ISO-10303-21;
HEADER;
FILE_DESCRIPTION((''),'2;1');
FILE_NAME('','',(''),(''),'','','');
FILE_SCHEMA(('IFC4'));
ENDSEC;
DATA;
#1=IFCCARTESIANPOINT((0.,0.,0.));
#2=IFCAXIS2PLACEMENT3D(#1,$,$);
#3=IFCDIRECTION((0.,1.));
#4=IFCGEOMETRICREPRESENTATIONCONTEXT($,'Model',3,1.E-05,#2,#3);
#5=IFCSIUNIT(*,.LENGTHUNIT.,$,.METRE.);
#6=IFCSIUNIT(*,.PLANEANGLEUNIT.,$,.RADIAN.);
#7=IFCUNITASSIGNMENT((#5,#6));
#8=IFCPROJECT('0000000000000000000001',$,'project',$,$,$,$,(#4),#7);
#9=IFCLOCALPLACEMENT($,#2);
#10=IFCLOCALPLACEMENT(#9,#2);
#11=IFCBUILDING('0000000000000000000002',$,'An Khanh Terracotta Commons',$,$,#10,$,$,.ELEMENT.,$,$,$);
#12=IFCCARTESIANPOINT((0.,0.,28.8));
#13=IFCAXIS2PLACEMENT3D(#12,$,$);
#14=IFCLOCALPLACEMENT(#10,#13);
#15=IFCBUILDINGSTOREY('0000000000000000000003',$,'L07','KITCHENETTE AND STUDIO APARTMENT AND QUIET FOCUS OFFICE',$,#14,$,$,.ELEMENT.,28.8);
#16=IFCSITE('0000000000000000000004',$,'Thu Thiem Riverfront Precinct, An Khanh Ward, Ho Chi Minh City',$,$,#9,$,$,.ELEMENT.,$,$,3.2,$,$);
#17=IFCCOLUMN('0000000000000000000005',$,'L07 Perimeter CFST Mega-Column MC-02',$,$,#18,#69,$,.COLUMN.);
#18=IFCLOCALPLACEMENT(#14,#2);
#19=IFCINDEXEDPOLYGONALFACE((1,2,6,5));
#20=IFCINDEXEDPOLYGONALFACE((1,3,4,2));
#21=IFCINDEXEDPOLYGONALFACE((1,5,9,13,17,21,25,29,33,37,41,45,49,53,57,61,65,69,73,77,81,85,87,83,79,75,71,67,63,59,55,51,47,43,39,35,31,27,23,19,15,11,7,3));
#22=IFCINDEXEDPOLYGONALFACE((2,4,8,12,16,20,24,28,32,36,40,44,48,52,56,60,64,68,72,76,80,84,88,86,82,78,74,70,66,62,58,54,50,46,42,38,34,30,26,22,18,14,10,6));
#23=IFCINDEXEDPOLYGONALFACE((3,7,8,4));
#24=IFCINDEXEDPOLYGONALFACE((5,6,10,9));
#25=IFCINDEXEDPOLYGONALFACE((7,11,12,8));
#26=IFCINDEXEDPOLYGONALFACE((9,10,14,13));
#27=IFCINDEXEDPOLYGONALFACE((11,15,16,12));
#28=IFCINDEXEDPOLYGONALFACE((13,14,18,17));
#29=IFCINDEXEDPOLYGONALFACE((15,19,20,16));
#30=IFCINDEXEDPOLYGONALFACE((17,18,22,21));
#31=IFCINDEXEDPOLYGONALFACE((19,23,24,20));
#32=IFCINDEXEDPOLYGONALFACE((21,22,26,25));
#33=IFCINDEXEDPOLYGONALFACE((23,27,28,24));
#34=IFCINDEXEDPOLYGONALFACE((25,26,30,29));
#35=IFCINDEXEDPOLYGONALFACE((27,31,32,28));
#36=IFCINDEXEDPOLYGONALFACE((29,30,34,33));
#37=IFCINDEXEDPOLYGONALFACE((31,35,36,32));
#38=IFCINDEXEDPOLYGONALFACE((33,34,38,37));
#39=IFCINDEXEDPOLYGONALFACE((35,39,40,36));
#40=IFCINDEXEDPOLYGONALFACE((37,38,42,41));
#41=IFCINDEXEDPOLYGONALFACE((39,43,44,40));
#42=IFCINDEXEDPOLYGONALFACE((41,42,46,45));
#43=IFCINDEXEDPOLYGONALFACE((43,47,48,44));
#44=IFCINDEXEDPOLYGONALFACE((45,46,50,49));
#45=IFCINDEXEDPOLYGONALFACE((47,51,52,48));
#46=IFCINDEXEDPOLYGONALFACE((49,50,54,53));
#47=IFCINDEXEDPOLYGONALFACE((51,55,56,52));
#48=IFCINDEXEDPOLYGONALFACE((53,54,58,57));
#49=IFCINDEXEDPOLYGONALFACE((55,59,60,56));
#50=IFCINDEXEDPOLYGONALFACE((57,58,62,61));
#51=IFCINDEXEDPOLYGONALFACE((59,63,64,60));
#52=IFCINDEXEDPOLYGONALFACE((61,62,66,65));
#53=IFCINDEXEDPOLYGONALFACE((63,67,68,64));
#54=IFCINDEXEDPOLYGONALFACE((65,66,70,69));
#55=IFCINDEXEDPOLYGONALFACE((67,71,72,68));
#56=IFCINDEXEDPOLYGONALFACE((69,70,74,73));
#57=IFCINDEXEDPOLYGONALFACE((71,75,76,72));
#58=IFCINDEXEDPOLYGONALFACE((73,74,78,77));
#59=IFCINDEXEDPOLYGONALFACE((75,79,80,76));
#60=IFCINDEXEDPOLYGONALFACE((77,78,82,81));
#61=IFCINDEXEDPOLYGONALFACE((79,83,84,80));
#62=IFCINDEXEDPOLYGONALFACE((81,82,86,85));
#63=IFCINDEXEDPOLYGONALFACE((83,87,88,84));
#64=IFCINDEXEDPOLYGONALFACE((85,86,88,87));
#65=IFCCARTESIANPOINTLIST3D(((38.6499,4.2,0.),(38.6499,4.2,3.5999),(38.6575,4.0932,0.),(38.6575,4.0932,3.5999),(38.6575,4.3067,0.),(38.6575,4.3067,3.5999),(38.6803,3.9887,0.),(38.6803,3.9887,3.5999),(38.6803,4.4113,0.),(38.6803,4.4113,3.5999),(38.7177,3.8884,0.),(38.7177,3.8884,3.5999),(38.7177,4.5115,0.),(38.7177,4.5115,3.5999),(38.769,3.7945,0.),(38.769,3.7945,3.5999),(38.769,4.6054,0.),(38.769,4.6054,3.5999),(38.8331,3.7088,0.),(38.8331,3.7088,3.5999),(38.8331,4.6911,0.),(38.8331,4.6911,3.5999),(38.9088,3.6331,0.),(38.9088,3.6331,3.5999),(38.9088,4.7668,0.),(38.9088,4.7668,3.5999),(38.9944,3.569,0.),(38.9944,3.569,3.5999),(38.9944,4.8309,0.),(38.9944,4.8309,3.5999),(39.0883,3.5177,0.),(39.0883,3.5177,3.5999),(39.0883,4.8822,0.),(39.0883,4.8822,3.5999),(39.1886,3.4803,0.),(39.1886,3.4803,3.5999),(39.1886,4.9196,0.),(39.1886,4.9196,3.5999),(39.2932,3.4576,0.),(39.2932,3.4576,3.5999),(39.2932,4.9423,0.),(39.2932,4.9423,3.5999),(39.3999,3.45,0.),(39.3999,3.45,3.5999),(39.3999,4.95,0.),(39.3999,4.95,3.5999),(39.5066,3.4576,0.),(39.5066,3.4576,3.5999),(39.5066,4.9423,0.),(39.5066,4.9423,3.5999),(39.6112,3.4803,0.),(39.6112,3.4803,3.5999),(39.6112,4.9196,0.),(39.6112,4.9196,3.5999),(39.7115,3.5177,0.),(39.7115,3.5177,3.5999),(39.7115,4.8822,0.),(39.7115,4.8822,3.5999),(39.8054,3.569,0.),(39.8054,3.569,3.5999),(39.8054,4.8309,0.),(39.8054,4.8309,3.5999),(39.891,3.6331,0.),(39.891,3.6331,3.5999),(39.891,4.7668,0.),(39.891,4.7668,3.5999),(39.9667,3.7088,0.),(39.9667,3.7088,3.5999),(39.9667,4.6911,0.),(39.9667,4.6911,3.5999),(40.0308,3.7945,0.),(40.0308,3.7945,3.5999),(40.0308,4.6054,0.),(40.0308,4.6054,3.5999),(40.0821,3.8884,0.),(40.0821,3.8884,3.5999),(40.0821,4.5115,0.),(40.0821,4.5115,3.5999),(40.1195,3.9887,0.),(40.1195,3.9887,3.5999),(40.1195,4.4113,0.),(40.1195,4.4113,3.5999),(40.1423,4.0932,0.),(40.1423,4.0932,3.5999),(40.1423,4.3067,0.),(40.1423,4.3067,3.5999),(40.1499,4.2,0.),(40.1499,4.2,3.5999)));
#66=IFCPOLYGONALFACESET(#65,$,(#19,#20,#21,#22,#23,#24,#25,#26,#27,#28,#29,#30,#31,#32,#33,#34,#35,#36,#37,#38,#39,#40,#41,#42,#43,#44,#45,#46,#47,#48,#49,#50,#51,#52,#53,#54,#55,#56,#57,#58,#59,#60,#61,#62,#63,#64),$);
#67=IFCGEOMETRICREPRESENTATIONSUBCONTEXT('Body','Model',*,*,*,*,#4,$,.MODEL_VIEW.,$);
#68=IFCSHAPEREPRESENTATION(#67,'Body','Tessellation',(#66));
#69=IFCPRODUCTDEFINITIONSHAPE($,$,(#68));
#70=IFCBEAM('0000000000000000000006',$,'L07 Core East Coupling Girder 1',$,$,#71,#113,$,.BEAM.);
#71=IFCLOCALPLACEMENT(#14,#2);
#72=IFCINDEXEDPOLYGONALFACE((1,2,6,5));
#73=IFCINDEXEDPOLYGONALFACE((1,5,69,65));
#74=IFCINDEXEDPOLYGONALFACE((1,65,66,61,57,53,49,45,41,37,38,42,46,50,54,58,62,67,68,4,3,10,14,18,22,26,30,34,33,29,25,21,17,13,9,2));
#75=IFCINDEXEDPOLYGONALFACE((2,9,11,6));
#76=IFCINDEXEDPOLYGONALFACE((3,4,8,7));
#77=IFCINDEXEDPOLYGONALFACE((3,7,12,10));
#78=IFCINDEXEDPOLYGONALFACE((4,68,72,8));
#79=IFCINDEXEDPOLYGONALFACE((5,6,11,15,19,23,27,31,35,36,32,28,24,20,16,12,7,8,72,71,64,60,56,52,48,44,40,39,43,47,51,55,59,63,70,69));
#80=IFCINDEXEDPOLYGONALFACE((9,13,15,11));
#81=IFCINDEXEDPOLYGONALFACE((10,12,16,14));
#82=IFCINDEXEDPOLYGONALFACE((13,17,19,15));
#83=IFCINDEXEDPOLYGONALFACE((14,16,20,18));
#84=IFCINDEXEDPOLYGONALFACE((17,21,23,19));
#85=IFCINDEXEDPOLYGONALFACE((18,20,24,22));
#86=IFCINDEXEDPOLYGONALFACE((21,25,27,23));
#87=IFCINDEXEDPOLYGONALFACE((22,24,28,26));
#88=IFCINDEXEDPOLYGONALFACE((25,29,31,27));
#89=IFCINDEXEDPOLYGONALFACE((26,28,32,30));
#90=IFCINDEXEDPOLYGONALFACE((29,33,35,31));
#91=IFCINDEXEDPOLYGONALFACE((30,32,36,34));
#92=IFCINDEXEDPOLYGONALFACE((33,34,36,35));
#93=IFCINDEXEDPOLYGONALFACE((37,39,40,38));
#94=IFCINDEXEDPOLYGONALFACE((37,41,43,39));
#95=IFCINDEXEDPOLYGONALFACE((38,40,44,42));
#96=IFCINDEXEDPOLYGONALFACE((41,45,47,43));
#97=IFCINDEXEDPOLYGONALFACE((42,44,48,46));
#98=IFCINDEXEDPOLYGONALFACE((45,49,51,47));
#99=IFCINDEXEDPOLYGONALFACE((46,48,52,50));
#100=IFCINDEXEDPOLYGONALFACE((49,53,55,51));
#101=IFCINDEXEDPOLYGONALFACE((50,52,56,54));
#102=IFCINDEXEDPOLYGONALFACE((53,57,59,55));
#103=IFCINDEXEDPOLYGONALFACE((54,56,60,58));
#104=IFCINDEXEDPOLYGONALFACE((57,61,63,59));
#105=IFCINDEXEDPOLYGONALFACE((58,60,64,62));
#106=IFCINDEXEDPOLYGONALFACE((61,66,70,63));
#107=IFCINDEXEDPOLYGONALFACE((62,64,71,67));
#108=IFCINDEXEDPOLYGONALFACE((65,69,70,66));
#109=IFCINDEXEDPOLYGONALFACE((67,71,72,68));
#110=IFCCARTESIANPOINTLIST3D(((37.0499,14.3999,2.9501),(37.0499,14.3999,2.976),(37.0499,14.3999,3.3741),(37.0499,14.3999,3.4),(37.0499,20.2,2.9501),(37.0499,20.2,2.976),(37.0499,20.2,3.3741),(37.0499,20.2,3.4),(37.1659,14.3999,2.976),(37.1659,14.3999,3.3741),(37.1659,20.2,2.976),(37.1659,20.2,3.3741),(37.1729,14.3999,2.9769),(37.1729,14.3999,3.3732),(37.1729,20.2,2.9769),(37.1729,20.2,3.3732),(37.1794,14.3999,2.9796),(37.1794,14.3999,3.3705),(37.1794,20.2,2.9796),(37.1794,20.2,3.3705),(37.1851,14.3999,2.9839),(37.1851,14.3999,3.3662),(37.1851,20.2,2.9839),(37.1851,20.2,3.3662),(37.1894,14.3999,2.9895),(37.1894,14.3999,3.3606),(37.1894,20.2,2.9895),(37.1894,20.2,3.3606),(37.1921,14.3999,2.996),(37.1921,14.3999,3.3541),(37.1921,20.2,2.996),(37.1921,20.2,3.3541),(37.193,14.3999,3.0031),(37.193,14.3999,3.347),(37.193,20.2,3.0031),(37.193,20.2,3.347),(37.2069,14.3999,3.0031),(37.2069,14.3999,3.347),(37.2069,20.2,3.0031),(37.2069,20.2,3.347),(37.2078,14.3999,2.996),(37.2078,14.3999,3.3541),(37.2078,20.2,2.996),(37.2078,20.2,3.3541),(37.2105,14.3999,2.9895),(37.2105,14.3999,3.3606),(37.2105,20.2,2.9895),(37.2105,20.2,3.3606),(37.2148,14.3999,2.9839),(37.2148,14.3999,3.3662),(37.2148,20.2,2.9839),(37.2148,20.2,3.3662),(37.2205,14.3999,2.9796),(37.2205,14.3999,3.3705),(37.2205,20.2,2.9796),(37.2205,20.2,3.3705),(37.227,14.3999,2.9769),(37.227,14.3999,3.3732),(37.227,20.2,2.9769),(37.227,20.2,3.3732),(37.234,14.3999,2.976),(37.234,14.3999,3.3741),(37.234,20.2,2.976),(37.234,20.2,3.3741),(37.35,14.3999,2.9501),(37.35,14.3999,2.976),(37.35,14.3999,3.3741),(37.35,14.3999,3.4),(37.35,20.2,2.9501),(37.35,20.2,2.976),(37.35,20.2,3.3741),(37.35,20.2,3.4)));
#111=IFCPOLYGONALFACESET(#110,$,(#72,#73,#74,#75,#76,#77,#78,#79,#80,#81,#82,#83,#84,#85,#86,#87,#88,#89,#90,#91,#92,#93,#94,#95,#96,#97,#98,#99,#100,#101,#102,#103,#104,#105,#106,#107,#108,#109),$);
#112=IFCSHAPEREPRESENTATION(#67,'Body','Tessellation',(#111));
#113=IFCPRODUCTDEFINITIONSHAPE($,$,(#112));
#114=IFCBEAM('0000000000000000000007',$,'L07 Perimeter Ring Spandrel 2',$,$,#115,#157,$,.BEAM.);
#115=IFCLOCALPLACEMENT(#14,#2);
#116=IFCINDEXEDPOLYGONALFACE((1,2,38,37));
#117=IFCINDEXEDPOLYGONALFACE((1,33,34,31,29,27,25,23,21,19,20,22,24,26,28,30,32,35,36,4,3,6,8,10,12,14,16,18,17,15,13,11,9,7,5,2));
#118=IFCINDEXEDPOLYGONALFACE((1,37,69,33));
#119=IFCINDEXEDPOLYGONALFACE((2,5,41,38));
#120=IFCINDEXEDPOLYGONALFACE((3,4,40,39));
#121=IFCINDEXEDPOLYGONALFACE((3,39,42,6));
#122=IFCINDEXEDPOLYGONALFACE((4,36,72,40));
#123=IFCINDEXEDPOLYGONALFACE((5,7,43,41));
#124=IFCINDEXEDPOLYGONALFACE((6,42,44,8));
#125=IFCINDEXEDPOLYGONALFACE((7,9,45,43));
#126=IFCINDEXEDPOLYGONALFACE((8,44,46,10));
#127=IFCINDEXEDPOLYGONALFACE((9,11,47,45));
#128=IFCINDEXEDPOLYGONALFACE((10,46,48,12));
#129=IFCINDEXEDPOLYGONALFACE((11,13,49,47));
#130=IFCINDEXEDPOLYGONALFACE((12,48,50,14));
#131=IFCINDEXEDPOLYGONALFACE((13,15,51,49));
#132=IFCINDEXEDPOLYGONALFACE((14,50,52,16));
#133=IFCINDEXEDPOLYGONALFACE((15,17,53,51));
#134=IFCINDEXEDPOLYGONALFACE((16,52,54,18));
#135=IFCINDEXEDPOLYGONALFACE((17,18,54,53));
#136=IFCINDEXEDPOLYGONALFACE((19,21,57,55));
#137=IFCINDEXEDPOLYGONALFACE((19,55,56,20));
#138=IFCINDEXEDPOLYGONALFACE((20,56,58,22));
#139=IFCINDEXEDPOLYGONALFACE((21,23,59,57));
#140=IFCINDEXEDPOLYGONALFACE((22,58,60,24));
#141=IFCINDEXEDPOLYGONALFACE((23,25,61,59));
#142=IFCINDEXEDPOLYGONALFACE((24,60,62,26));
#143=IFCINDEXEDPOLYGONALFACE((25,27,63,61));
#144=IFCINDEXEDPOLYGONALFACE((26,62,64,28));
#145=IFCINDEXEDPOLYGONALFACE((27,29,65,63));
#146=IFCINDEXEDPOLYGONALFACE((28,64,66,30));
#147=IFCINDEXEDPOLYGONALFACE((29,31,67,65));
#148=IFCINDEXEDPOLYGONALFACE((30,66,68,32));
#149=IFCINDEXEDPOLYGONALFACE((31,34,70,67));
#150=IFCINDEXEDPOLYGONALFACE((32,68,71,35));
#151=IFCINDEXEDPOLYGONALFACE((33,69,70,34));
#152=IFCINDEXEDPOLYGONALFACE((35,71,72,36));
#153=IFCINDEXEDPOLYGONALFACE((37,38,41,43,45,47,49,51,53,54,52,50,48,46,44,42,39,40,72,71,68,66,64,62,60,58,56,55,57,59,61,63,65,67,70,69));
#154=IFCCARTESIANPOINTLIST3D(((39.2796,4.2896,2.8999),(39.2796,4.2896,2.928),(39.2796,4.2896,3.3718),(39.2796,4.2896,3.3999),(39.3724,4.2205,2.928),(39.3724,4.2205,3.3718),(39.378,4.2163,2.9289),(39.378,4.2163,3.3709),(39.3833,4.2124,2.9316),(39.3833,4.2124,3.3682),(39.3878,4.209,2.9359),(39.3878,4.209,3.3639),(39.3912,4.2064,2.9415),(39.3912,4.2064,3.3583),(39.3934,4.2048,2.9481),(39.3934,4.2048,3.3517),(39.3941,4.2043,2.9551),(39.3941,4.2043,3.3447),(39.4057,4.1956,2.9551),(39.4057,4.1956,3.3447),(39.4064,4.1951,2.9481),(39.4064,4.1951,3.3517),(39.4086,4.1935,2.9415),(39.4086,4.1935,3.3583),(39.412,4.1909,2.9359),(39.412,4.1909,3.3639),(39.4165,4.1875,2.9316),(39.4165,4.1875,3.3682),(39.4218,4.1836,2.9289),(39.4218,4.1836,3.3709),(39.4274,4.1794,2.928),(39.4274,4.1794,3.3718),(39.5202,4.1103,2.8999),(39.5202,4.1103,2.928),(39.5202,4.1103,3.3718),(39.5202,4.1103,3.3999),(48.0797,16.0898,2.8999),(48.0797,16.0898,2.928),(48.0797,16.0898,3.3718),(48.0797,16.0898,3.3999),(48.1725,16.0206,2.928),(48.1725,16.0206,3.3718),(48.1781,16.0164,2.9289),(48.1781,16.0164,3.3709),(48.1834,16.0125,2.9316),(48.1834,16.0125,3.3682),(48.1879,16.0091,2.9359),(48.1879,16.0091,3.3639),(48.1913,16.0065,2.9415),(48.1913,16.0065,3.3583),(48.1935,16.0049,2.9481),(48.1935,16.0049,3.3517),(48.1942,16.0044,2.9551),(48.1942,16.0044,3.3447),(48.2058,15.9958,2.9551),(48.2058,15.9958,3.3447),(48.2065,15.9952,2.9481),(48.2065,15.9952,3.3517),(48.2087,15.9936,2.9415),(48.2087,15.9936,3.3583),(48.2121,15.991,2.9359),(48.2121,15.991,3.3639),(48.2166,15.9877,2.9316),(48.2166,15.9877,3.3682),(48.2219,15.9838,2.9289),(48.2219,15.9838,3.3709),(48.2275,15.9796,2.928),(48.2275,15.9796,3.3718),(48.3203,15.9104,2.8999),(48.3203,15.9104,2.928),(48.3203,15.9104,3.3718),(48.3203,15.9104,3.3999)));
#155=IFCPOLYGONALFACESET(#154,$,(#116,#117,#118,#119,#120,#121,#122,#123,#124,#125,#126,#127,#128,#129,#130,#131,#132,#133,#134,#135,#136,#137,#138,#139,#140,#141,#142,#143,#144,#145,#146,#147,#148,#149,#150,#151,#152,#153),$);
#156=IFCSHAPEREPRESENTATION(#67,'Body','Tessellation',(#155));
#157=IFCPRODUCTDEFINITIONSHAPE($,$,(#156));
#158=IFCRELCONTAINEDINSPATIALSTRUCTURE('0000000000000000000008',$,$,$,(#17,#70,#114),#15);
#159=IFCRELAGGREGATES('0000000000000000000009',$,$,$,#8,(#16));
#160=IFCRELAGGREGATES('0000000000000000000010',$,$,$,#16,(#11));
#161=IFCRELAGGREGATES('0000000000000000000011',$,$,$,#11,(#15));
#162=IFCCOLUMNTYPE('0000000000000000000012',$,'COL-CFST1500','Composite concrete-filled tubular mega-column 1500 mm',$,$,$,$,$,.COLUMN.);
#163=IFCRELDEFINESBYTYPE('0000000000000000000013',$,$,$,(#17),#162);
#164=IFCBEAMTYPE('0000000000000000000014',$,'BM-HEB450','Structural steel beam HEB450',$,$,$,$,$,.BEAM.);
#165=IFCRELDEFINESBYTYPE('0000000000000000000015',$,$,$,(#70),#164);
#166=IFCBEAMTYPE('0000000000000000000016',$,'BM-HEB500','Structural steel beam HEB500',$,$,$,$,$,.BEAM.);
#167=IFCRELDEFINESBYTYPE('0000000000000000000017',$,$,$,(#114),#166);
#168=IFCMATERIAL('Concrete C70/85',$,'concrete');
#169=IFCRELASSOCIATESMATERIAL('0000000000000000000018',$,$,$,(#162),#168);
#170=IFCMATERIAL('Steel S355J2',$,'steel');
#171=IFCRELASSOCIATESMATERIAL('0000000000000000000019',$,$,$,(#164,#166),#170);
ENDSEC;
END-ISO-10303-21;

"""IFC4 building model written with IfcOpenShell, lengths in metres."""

from ifc_helpers import new_model, si_unit, direction, frame, origin, origin_2d, place, context, subcontext, project, spatial, circle, i_section, extrude, material, material_profile, profile_set, type_object, element, save


model = new_model("IFC4")

# Units and contexts
model_context = context("Model", 3, precision=1e-05, world=origin(), true_north=direction((0.0, 1.0)))
body_context = subcontext(model_context, "Body", "Model", "MODEL_VIEW")
ifc_project = project(units=[si_unit("LENGTHUNIT", "METRE"), si_unit("PLANEANGLEUNIT", "RADIAN")], contexts=[model_context])

# Site, building, storey
site_placement = place(None, origin())
site = spatial("IfcSite", under=ifc_project, at=site_placement, Name="Thu Thiem Riverfront Precinct, An Khanh Ward, Ho Chi Minh City", CompositionType="ELEMENT", RefElevation=3.2)
building_placement = place(site_placement, origin())
building = spatial("IfcBuilding", under=site, at=building_placement, Name="An Khanh Terracotta Commons", CompositionType="ELEMENT")
storey_placement = place(building_placement, frame((0.0, 0.0, 28.8)))
storey = spatial("IfcBuildingStorey", under=building, at=storey_placement, Name="L07", Description="KITCHENETTE AND STUDIO APARTMENT AND QUIET FOCUS OFFICE", CompositionType="ELEMENT", Elevation=28.8)

# Column
ifc_material_1 = material(Name="Concrete C70/85", Category="concrete")
ifc_material_profile_1 = material_profile(ifc_material_1, circle(Radius=0.75, at=origin_2d()), Name="CFST1500")
ifc_profile_set_1 = profile_set([ifc_material_profile_1], Name="Concrete C70/85")
column_type = type_object("IfcColumnType", Name="COL-CFST1500", Description="Composite concrete-filled tubular mega-column 1500 mm", PredefinedType="COLUMN", material=ifc_profile_set_1)
column_placement = place(storey_placement, frame((39.3999, 4.2, 0.0), z_axis=(0.0, 0.0, 1.0), x_axis=(1.0, 0.0, 0.0)))
element("IfcColumn", 1, at=column_placement, inside=storey, type_object=column_type, Name="L07 Perimeter CFST Mega-Column MC-02", PredefinedType="COLUMN", context=body_context, shape_type="SweptSolid", body=[
    extrude(circle(Radius=0.75, at=origin_2d()), origin(), (0.0, 0.0, 1.0), 3.5999),
])

# Beams
ifc_material_2 = material(Name="Steel S355J2", Category="steel")
ifc_material_profile_2 = material_profile(ifc_material_2, i_section(OverallWidth=0.3, OverallDepth=0.45, WebThickness=0.0139, FlangeThickness=0.0259, FilletRadius=0.0271, at=origin_2d()), Name="HEB450")
ifc_profile_set_2 = profile_set([ifc_material_profile_2], Name="Steel S355J2")
beam_type_1 = type_object("IfcBeamType", Name="BM-HEB450", Description="Structural steel beam HEB450", PredefinedType="BEAM", material=ifc_profile_set_2)
beam_1_placement = place(storey_placement, frame((37.2, 14.3999, 3.175), z_axis=(0.0, 1.0, 0.0), x_axis=(-1.0, 0.0, 0.0)))
element("IfcBeam", 2, at=beam_1_placement, inside=storey, type_object=beam_type_1, Name="L07 Core East Coupling Girder 1", PredefinedType="BEAM", context=body_context, shape_type="SweptSolid", body=[
    extrude(i_section(OverallWidth=0.3, OverallDepth=0.45, WebThickness=0.0139, FlangeThickness=0.0259, FilletRadius=0.0271, at=origin_2d()), origin(), (0.0, 0.0, 1.0), 5.8),
])
ifc_material_profile_3 = material_profile(ifc_material_2, i_section(OverallWidth=0.3, OverallDepth=0.5, WebThickness=0.0144, FlangeThickness=0.0281, FilletRadius=0.0271, at=origin_2d()), Name="HEB500")
ifc_profile_set_3 = profile_set([ifc_material_profile_3], Name="Steel S355J2")
beam_type_2 = type_object("IfcBeamType", Name="BM-HEB500", Description="Structural steel beam HEB500", PredefinedType="BEAM", material=ifc_profile_set_3)
beam_2_placement = place(storey_placement, frame((39.3999, 4.2, 3.1499), z_axis=(0.597824, 0.801627, 0.0), x_axis=(-0.801627, 0.597824, 0.0)))
element("IfcBeam", 3, at=beam_2_placement, inside=storey, type_object=beam_type_2, Name="L07 Perimeter Ring Spandrel 2", PredefinedType="BEAM", context=body_context, shape_type="SweptSolid", body=[
    extrude(i_section(OverallWidth=0.3, OverallDepth=0.5, WebThickness=0.0144, FlangeThickness=0.0281, FilletRadius=0.0271, at=origin_2d()), origin(), (0.0, 0.0, 1.0), 14.7202),
])

save(model, "model.ifc")
